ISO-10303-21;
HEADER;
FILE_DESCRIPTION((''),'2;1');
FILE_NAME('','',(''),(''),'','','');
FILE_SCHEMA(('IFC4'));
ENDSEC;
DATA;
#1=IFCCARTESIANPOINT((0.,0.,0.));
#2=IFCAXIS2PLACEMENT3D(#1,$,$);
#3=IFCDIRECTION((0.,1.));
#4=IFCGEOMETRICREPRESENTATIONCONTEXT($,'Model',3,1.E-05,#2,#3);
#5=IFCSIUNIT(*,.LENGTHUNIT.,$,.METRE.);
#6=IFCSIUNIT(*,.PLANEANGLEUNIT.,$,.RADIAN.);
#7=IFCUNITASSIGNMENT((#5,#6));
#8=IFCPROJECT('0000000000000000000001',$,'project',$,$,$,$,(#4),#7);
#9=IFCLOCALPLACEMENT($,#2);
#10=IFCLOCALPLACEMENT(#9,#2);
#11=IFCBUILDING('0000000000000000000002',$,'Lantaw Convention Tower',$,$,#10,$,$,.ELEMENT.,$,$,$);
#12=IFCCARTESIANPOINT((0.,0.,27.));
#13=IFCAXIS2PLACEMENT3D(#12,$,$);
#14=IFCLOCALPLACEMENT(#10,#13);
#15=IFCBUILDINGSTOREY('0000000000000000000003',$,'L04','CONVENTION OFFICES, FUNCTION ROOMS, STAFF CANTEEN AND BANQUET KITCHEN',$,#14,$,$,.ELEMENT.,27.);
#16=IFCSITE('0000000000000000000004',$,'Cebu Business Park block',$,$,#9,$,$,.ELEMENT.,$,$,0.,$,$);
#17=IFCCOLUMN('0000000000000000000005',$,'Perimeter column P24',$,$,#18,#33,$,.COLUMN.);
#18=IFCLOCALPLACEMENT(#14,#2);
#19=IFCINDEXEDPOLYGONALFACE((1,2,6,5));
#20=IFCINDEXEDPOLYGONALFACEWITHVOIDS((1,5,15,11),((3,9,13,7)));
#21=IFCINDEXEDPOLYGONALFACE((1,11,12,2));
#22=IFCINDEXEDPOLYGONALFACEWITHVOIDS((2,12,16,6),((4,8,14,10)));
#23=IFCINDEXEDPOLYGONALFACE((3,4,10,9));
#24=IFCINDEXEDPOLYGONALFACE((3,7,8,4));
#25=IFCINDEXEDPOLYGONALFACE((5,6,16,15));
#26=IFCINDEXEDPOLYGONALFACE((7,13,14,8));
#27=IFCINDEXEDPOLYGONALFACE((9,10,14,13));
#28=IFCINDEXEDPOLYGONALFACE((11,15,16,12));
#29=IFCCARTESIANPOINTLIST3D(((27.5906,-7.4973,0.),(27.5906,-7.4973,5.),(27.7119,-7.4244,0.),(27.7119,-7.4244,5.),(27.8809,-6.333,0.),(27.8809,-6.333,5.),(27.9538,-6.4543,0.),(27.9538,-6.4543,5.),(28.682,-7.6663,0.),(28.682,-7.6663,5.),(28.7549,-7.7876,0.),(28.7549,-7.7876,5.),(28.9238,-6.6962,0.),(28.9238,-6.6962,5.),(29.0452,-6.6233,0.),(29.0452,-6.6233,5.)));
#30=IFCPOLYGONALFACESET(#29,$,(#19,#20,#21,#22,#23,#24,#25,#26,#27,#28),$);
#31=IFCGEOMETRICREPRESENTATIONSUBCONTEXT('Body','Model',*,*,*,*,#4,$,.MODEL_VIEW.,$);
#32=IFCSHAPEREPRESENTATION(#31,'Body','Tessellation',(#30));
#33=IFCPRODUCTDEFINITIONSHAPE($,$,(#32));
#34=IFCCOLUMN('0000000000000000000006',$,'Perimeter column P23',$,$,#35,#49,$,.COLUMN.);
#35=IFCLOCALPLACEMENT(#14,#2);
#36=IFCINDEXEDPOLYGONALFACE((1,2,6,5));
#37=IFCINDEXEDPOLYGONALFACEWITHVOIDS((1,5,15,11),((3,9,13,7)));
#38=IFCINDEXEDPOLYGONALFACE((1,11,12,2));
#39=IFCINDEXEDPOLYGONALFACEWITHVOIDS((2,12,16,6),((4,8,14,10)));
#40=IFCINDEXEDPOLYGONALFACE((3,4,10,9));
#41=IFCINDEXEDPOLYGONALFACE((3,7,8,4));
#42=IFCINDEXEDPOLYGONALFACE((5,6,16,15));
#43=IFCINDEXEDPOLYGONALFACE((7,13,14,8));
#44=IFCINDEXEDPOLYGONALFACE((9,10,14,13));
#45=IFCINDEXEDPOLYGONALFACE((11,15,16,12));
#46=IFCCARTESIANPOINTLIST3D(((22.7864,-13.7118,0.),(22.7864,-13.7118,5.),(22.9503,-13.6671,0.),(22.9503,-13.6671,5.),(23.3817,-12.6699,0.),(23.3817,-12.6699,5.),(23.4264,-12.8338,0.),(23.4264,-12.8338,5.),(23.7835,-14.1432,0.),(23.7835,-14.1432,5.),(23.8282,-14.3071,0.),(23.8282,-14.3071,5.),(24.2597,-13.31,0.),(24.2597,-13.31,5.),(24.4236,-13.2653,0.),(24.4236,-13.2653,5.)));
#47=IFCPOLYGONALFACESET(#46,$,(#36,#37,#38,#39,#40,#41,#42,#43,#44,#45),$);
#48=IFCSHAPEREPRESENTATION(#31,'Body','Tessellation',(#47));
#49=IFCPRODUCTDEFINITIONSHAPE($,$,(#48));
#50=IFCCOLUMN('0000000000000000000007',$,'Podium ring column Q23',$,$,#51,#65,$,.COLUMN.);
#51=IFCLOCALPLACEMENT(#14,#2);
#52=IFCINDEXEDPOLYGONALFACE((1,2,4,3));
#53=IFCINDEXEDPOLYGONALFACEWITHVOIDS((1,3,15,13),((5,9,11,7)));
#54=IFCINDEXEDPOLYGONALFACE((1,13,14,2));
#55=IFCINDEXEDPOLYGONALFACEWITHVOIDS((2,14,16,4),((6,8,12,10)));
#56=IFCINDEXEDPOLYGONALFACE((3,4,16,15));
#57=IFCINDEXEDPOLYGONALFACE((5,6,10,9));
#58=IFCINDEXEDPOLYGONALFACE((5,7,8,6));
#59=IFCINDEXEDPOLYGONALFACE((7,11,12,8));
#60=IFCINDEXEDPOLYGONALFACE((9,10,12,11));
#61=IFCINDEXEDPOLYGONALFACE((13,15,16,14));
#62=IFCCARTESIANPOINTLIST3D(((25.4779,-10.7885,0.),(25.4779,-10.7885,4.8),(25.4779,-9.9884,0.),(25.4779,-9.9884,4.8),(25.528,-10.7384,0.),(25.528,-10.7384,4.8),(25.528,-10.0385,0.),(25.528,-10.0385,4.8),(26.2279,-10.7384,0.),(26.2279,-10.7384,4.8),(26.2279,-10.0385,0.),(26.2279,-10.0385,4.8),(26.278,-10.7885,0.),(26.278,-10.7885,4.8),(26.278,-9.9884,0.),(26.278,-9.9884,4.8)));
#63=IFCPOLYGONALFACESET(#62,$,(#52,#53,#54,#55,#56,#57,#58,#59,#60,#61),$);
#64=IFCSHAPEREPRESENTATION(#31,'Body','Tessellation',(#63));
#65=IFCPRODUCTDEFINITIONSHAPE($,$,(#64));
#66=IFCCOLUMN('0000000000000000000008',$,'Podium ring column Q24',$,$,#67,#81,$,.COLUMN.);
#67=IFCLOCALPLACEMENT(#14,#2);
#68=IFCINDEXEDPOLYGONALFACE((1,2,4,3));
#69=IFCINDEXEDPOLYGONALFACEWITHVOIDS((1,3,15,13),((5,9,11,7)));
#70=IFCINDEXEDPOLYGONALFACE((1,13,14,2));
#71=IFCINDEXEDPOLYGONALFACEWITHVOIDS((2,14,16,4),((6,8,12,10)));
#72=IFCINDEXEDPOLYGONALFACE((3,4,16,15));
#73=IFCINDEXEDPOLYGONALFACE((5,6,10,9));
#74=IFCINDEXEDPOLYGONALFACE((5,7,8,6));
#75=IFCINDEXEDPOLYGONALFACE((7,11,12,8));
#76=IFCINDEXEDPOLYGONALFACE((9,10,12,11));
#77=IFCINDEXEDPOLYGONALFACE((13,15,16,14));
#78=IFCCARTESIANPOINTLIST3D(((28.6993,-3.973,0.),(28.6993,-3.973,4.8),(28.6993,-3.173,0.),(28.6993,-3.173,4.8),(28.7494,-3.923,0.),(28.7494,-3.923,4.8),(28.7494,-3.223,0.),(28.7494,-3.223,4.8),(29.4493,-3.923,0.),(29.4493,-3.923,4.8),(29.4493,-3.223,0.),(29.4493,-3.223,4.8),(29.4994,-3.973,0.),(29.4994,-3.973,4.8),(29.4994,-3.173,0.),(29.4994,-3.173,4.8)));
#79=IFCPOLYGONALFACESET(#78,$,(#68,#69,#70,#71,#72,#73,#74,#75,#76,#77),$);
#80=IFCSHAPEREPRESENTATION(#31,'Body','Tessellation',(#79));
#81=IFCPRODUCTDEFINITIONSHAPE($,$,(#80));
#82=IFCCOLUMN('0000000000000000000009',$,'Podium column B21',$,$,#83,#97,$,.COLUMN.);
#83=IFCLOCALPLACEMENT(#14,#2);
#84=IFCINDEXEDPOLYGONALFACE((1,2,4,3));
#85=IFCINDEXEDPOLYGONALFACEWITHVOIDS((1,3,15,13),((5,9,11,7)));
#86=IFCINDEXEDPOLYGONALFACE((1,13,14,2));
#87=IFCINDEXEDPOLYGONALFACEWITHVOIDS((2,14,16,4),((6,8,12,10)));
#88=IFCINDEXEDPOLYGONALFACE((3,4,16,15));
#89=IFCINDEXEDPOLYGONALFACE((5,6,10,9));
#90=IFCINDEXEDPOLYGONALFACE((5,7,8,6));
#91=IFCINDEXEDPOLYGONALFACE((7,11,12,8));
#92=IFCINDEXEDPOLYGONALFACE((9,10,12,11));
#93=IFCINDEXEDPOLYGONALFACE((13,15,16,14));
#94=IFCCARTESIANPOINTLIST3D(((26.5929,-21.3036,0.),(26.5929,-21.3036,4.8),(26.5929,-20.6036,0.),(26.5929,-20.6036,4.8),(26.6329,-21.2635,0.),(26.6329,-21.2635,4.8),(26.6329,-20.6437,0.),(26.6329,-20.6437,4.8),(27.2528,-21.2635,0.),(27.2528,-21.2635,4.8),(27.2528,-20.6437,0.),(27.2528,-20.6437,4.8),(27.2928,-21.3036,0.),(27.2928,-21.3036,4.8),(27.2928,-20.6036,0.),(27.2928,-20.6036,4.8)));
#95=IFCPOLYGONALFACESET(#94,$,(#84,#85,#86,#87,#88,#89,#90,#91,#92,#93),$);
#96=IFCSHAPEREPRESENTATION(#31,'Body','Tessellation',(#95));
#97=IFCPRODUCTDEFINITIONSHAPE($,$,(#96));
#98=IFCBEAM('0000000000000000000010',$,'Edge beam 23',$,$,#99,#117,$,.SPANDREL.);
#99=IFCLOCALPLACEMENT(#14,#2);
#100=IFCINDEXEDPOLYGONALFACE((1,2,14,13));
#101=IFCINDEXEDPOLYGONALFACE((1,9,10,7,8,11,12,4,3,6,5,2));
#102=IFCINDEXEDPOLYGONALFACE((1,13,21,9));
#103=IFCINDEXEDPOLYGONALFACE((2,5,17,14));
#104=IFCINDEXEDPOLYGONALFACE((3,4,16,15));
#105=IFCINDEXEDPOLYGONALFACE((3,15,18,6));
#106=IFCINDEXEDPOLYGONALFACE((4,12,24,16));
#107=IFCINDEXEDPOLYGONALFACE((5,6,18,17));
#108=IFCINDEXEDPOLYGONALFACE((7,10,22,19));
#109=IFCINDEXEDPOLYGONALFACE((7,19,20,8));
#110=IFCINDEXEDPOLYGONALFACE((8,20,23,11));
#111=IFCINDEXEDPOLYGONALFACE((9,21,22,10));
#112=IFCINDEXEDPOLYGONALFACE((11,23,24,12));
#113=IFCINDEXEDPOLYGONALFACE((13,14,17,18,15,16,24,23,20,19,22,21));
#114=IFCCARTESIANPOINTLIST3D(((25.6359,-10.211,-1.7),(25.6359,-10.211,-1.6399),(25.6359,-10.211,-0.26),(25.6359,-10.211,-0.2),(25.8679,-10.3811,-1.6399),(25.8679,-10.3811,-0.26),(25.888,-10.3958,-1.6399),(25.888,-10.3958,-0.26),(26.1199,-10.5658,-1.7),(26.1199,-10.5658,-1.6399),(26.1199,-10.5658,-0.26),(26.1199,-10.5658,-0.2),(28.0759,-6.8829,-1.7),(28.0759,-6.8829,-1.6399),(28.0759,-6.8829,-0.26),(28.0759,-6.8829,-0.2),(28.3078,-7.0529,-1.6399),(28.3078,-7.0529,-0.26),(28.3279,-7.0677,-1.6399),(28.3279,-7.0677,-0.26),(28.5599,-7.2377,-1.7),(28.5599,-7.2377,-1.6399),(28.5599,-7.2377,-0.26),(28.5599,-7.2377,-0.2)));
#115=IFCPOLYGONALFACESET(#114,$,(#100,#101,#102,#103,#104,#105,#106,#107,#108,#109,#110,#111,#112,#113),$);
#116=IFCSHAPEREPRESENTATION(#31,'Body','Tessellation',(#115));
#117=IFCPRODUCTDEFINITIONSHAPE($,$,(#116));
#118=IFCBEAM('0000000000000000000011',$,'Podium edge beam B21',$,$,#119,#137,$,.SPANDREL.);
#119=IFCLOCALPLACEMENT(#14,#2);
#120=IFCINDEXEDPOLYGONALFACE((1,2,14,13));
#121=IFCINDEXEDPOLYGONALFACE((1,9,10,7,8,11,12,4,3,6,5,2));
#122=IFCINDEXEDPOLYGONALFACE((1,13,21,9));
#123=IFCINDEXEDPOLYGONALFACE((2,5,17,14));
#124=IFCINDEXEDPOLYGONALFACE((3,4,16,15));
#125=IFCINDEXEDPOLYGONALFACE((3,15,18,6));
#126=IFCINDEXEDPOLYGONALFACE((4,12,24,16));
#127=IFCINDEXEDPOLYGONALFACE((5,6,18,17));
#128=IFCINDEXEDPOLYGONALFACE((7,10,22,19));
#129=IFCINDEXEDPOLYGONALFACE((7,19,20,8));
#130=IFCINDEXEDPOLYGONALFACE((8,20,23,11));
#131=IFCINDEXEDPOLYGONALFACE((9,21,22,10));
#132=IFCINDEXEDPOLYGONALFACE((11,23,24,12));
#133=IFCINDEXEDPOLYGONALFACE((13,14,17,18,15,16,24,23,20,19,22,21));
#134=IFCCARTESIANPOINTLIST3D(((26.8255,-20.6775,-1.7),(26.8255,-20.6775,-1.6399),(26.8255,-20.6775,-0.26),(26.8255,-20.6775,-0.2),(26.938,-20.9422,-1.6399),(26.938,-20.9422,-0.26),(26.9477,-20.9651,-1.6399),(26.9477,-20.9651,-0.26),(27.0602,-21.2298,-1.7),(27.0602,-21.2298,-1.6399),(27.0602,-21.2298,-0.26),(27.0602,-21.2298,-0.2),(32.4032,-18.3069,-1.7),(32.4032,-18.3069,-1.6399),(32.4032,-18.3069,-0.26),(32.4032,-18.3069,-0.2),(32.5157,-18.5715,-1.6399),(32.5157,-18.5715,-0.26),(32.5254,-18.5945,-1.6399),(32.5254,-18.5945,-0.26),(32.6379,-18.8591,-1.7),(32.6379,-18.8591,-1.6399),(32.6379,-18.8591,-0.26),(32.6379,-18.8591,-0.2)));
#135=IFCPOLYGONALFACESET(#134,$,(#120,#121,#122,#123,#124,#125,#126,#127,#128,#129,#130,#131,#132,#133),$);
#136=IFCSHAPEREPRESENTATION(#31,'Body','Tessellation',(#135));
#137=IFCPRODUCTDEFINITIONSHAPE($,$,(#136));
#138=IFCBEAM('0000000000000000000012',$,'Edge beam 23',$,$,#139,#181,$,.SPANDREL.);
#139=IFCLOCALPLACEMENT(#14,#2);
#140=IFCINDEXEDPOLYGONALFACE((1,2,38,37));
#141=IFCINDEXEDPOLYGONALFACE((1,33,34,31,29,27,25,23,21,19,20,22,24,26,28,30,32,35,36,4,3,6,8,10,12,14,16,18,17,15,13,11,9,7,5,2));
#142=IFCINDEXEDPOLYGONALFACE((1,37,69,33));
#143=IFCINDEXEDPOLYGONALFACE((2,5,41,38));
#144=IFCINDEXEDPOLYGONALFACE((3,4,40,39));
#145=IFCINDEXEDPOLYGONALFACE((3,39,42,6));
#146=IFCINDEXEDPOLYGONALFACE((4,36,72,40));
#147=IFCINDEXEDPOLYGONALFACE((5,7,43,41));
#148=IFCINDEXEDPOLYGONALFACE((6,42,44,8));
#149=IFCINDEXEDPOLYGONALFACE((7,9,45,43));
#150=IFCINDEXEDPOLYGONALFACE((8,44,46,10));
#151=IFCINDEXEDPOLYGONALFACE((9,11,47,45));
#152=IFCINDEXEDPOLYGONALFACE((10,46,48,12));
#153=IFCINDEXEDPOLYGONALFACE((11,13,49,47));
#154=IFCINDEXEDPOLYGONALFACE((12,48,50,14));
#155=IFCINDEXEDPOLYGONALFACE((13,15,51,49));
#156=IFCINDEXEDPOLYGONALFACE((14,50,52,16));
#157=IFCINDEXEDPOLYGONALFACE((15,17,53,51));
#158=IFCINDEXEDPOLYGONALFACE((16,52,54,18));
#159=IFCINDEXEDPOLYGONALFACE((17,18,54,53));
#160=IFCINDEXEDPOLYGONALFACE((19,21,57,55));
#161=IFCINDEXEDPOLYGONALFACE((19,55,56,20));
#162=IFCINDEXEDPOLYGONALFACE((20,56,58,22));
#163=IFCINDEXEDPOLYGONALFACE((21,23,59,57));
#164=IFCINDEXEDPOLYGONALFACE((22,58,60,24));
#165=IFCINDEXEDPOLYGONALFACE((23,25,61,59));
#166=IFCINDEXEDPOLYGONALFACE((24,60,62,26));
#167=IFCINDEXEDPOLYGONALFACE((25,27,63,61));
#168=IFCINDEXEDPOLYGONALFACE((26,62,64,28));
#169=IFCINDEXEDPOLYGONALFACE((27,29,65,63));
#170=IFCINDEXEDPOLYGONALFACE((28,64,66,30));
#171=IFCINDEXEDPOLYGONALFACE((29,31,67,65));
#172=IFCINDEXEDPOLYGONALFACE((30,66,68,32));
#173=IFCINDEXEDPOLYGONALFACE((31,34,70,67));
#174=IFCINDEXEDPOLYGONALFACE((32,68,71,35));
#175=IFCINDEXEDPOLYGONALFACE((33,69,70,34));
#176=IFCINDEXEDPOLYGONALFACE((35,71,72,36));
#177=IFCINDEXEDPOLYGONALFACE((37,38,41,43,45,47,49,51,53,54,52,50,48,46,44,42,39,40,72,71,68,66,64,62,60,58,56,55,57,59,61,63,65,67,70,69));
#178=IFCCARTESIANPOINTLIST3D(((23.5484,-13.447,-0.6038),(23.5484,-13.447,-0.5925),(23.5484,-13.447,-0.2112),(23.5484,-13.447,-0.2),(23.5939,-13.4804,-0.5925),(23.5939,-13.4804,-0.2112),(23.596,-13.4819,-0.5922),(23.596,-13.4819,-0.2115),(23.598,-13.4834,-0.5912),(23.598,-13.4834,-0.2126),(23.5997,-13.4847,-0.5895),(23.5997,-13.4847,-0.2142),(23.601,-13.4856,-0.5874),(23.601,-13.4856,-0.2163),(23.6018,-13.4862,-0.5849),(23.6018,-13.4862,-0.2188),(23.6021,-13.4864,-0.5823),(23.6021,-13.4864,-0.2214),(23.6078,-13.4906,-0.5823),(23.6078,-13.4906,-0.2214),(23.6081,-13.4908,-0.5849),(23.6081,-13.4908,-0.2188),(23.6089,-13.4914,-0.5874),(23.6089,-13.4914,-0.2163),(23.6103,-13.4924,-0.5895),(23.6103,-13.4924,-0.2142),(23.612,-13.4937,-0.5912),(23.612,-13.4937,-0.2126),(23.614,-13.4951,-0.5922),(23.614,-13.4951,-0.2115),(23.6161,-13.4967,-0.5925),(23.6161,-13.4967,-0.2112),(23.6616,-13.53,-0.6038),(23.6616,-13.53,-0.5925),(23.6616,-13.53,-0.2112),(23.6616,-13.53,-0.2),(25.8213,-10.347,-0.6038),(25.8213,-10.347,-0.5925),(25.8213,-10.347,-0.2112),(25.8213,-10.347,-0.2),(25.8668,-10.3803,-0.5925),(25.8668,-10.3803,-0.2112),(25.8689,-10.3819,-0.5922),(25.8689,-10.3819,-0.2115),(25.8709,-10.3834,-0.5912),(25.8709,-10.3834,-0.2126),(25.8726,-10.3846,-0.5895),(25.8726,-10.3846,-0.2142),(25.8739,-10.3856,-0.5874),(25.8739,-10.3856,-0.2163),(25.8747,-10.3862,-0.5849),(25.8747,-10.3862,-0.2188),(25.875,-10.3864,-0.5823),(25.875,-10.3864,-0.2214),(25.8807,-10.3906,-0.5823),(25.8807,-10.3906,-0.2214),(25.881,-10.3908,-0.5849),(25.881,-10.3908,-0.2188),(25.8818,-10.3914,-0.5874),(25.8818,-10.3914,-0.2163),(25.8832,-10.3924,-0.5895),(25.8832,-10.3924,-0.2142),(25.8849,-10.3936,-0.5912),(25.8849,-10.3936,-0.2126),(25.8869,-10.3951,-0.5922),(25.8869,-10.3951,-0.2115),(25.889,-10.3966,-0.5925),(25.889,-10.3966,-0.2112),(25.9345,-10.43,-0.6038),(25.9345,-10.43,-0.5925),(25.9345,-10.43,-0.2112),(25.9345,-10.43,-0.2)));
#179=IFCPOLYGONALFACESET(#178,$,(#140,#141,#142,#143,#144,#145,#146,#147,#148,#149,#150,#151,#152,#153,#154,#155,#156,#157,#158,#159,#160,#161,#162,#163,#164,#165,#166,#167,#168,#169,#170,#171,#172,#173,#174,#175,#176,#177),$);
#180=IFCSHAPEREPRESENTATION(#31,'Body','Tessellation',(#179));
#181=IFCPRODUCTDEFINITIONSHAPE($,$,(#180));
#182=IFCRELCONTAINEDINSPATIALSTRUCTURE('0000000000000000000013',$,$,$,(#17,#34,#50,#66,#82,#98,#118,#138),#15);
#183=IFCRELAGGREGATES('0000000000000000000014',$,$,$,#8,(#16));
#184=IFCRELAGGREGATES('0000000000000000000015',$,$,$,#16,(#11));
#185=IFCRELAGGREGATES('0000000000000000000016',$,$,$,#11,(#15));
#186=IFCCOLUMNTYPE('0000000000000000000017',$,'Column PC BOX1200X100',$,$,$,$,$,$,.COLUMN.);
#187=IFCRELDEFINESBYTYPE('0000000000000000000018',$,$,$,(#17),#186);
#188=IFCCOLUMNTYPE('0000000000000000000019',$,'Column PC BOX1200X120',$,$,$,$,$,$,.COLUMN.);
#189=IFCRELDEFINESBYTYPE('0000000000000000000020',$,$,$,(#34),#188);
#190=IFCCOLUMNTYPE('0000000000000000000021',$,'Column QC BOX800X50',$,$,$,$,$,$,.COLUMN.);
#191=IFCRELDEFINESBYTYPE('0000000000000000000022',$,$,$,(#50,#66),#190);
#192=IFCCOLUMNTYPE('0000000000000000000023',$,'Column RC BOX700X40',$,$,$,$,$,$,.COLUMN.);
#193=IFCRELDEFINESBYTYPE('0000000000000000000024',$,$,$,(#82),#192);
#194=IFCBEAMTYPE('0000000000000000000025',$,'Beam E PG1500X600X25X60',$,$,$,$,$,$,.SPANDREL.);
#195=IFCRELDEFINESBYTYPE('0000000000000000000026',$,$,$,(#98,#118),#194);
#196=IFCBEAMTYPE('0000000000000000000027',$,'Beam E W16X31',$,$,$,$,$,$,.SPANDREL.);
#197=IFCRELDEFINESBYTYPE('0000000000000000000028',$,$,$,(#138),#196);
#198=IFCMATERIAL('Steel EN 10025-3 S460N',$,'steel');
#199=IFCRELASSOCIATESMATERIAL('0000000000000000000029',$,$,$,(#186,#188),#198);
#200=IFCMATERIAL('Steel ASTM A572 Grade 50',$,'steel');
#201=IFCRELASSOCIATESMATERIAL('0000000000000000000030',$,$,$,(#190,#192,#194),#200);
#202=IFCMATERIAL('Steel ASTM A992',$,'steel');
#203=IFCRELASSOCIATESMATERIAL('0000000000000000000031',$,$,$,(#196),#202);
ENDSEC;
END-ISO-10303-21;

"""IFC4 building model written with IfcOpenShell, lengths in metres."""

from ifc_helpers import new_model, si_unit, direction, frame, origin, origin_2d, place, context, subcontext, project, spatial, rectangle, hollow_rectangle, i_section, extrude, material, material_profile, profile_set, type_object, element, save


model = new_model("IFC4")

# Units and contexts
model_context = context("Model", 3, precision=1e-05, world=origin(), true_north=direction((0.0, 1.0)))
body_context = subcontext(model_context, "Body", "Model", "MODEL_VIEW")
ifc_project = project(units=[si_unit("LENGTHUNIT", "METRE"), si_unit("PLANEANGLEUNIT", "RADIAN")], contexts=[model_context])

# Site, building, storey
site_placement = place(None, origin())
site = spatial("IfcSite", under=ifc_project, at=site_placement, Name="Cebu Business Park block", CompositionType="ELEMENT", RefElevation=0.0)
building_placement = place(site_placement, origin())
building = spatial("IfcBuilding", under=site, at=building_placement, Name="Lantaw Convention Tower", CompositionType="ELEMENT")
storey_placement = place(building_placement, frame((0.0, 0.0, 27.0)))
storey = spatial("IfcBuildingStorey", under=building, at=storey_placement, Name="L04", Description="CONVENTION OFFICES, FUNCTION ROOMS, STAFF CANTEEN AND BANQUET KITCHEN", CompositionType="ELEMENT", Elevation=27.0)

# Columns
ifc_material_1 = material(Name="Steel EN 10025-3 S460N", Category="steel")
ifc_material_profile_1 = material_profile(ifc_material_1, hollow_rectangle(XDim=1.2, YDim=1.2, WallThickness=0.1001, at=origin_2d()), Name="BOX1200X100")
ifc_material_2 = material(Name="Concrete C60/75", Category="concrete")
ifc_material_profile_2 = material_profile(ifc_material_2, rectangle(XDim=1.0, YDim=1.0, at=origin_2d()), Name="Concrete fill of BOX1200X100")
ifc_profile_set_1 = profile_set([ifc_material_profile_1, ifc_material_profile_2], Name="Steel EN 10025-3 S460N")
column_type_1 = type_object("IfcColumnType", Name="Column PC BOX1200X100", PredefinedType="COLUMN", material=ifc_profile_set_1)
column_1_placement = place(storey_placement, frame((28.3179, -7.0603, 0.0), z_axis=(0.0, 0.0, 1.0), x_axis=(0.241922, 0.970296, 0.0)))
element("IfcColumn", 1, at=column_1_placement, inside=storey, type_object=column_type_1, Name="Perimeter column P24", PredefinedType="COLUMN", context=body_context, shape_type="SweptSolid", body=[
    extrude(hollow_rectangle(XDim=1.2, YDim=1.2, WallThickness=0.1001, at=origin_2d()), origin(), (0.0, 0.0, 1.0), 5.0),
])
ifc_material_profile_3 = material_profile(ifc_material_1, hollow_rectangle(XDim=1.2, YDim=1.2, WallThickness=0.1201, at=origin_2d()), Name="BOX1200X120")
ifc_material_profile_4 = material_profile(ifc_material_2, rectangle(XDim=0.96, YDim=0.96, at=origin_2d()), Name="Concrete fill of BOX1200X120")
ifc_profile_set_2 = profile_set([ifc_material_profile_3, ifc_material_profile_4], Name="Steel EN 10025-3 S460N")
column_type_2 = type_object("IfcColumnType", Name="Column PC BOX1200X120", PredefinedType="COLUMN", material=ifc_profile_set_2)
column_2_placement = place(storey_placement, frame((23.605, -13.4885, 0.0), z_axis=(0.0, 0.0, 1.0), x_axis=(0.496139, 0.868243, 0.0)))
element("IfcColumn", 2, at=column_2_placement, inside=storey, type_object=column_type_2, Name="Perimeter column P23", PredefinedType="COLUMN", context=body_context, shape_type="SweptSolid", body=[
    extrude(hollow_rectangle(XDim=1.2, YDim=1.2, WallThickness=0.1201, at=origin_2d()), origin(), (0.0, 0.0, 1.0), 5.0),
])
ifc_material_3 = material(Name="Steel ASTM A572 Grade 50", Category="steel")
ifc_material_profile_5 = material_profile(ifc_material_3, hollow_rectangle(XDim=0.8, YDim=0.8, WallThickness=0.05, at=origin_2d()), Name="BOX800X50")
ifc_profile_set_3 = profile_set([ifc_material_profile_5], Name="Steel ASTM A572 Grade 50")
column_type_3 = type_object("IfcColumnType", Name="Column QC BOX800X50", PredefinedType="COLUMN", material=ifc_profile_set_3)
for number, where, z_axis, x_axis, name in (
    (3, (25.8779, -10.3884, 0.0), (0.0, 0.0, 1.0), (1.0, 0.0, 0.0), "Podium ring column Q23"),
    (4, (29.0994, -3.573, 0.0), (0.0, 0.0, 1.0), (1.0, 0.0, 0.0), "Podium ring column Q24"),
):
    element("IfcColumn", number, at=place(storey_placement, frame(where, z_axis=z_axis, x_axis=x_axis)), inside=storey, type_object=column_type_3, Name=name, PredefinedType="COLUMN", context=body_context, shape_type="SweptSolid", body=[
        extrude(hollow_rectangle(XDim=0.8, YDim=0.8, WallThickness=0.05, at=origin_2d()), origin(), (0.0, 0.0, 1.0), 4.8),
    ])
ifc_material_profile_6 = material_profile(ifc_material_3, hollow_rectangle(XDim=0.7, YDim=0.7, WallThickness=0.04, at=origin_2d()), Name="BOX700X40")
ifc_profile_set_4 = profile_set([ifc_material_profile_6], Name="Steel ASTM A572 Grade 50")
column_type_4 = type_object("IfcColumnType", Name="Column RC BOX700X40", PredefinedType="COLUMN", material=ifc_profile_set_4)
column_3_placement = place(storey_placement, frame((26.9429, -20.9536, 0.0), z_axis=(0.0, 0.0, 1.0), x_axis=(1.0, 0.0, 0.0)))
element("IfcColumn", 5, at=column_3_placement, inside=storey, type_object=column_type_4, Name="Podium column B21", PredefinedType="COLUMN", context=body_context, shape_type="SweptSolid", body=[
    extrude(hollow_rectangle(XDim=0.7, YDim=0.7, WallThickness=0.04, at=origin_2d()), origin(), (0.0, 0.0, 1.0), 4.8),
])

# Beams
ifc_material_profile_7 = material_profile(ifc_material_3, i_section(OverallWidth=0.6001, OverallDepth=1.5, WebThickness=0.0249, FlangeThickness=0.0601, at=origin_2d()), Name="PG1500X600X25X60")
ifc_profile_set_5 = profile_set([ifc_material_profile_7], Name="Steel ASTM A572 Grade 50")
beam_type_1 = type_object("IfcBeamType", Name="Beam E PG1500X600X25X60", PredefinedType="SPANDREL", material=ifc_profile_set_5)
beam_1_placement = place(storey_placement, frame((25.8779, -10.3884, -0.95), z_axis=(0.591256, 0.806484, 0.0), x_axis=(-0.806484, 0.591256, 0.0)))
element("IfcBeam", 6, at=beam_1_placement, inside=storey, type_object=beam_type_1, Name="Edge beam 23", PredefinedType="SPANDREL", context=body_context, shape_type="SweptSolid", body=[
    extrude(i_section(OverallWidth=0.6001, OverallDepth=1.5, WebThickness=0.0249, FlangeThickness=0.0601, at=origin_2d()), origin(), (0.0, 0.0, 1.0), 4.1267),
])
beam_2_placement = place(storey_placement, frame((26.9429, -20.9536, -0.95), z_axis=(0.920324, 0.391156, 0.0), x_axis=(-0.391156, 0.920324, 0.0)))
element("IfcBeam", 7, at=beam_2_placement, inside=storey, type_object=beam_type_1, Name="Podium edge beam B21", PredefinedType="SPANDREL", context=body_context, shape_type="SweptSolid", body=[
    extrude(i_section(OverallWidth=0.6001, OverallDepth=1.5, WebThickness=0.0249, FlangeThickness=0.0601, at=origin_2d()), origin(), (0.0, 0.0, 1.0), 6.0605),
])
ifc_material_4 = material(Name="Steel ASTM A992", Category="steel")
ifc_material_profile_8 = material_profile(ifc_material_4, i_section(OverallWidth=0.1404, OverallDepth=0.4038, WebThickness=0.0071, FlangeThickness=0.0112, FilletRadius=0.0103, at=origin_2d()), Name="W16X31")
ifc_profile_set_6 = profile_set([ifc_material_profile_8], Name="Steel ASTM A992")
beam_type_2 = type_object("IfcBeamType", Name="Beam E W16X31", PredefinedType="SPANDREL", material=ifc_profile_set_6)
beam_3_placement = place(storey_placement, frame((23.605, -13.4885, -0.4019), z_axis=(0.591287, 0.806462, 0.0), x_axis=(-0.806462, 0.591287, 0.0)))
element("IfcBeam", 8, at=beam_3_placement, inside=storey, type_object=beam_type_2, Name="Edge beam 23", PredefinedType="SPANDREL", context=body_context, shape_type="SweptSolid", body=[
    extrude(i_section(OverallWidth=0.1404, OverallDepth=0.4038, WebThickness=0.0071, FlangeThickness=0.0112, FilletRadius=0.0103, at=origin_2d()), origin(), (0.0, 0.0, 1.0), 3.844),
])

save(model, "model.ifc")
